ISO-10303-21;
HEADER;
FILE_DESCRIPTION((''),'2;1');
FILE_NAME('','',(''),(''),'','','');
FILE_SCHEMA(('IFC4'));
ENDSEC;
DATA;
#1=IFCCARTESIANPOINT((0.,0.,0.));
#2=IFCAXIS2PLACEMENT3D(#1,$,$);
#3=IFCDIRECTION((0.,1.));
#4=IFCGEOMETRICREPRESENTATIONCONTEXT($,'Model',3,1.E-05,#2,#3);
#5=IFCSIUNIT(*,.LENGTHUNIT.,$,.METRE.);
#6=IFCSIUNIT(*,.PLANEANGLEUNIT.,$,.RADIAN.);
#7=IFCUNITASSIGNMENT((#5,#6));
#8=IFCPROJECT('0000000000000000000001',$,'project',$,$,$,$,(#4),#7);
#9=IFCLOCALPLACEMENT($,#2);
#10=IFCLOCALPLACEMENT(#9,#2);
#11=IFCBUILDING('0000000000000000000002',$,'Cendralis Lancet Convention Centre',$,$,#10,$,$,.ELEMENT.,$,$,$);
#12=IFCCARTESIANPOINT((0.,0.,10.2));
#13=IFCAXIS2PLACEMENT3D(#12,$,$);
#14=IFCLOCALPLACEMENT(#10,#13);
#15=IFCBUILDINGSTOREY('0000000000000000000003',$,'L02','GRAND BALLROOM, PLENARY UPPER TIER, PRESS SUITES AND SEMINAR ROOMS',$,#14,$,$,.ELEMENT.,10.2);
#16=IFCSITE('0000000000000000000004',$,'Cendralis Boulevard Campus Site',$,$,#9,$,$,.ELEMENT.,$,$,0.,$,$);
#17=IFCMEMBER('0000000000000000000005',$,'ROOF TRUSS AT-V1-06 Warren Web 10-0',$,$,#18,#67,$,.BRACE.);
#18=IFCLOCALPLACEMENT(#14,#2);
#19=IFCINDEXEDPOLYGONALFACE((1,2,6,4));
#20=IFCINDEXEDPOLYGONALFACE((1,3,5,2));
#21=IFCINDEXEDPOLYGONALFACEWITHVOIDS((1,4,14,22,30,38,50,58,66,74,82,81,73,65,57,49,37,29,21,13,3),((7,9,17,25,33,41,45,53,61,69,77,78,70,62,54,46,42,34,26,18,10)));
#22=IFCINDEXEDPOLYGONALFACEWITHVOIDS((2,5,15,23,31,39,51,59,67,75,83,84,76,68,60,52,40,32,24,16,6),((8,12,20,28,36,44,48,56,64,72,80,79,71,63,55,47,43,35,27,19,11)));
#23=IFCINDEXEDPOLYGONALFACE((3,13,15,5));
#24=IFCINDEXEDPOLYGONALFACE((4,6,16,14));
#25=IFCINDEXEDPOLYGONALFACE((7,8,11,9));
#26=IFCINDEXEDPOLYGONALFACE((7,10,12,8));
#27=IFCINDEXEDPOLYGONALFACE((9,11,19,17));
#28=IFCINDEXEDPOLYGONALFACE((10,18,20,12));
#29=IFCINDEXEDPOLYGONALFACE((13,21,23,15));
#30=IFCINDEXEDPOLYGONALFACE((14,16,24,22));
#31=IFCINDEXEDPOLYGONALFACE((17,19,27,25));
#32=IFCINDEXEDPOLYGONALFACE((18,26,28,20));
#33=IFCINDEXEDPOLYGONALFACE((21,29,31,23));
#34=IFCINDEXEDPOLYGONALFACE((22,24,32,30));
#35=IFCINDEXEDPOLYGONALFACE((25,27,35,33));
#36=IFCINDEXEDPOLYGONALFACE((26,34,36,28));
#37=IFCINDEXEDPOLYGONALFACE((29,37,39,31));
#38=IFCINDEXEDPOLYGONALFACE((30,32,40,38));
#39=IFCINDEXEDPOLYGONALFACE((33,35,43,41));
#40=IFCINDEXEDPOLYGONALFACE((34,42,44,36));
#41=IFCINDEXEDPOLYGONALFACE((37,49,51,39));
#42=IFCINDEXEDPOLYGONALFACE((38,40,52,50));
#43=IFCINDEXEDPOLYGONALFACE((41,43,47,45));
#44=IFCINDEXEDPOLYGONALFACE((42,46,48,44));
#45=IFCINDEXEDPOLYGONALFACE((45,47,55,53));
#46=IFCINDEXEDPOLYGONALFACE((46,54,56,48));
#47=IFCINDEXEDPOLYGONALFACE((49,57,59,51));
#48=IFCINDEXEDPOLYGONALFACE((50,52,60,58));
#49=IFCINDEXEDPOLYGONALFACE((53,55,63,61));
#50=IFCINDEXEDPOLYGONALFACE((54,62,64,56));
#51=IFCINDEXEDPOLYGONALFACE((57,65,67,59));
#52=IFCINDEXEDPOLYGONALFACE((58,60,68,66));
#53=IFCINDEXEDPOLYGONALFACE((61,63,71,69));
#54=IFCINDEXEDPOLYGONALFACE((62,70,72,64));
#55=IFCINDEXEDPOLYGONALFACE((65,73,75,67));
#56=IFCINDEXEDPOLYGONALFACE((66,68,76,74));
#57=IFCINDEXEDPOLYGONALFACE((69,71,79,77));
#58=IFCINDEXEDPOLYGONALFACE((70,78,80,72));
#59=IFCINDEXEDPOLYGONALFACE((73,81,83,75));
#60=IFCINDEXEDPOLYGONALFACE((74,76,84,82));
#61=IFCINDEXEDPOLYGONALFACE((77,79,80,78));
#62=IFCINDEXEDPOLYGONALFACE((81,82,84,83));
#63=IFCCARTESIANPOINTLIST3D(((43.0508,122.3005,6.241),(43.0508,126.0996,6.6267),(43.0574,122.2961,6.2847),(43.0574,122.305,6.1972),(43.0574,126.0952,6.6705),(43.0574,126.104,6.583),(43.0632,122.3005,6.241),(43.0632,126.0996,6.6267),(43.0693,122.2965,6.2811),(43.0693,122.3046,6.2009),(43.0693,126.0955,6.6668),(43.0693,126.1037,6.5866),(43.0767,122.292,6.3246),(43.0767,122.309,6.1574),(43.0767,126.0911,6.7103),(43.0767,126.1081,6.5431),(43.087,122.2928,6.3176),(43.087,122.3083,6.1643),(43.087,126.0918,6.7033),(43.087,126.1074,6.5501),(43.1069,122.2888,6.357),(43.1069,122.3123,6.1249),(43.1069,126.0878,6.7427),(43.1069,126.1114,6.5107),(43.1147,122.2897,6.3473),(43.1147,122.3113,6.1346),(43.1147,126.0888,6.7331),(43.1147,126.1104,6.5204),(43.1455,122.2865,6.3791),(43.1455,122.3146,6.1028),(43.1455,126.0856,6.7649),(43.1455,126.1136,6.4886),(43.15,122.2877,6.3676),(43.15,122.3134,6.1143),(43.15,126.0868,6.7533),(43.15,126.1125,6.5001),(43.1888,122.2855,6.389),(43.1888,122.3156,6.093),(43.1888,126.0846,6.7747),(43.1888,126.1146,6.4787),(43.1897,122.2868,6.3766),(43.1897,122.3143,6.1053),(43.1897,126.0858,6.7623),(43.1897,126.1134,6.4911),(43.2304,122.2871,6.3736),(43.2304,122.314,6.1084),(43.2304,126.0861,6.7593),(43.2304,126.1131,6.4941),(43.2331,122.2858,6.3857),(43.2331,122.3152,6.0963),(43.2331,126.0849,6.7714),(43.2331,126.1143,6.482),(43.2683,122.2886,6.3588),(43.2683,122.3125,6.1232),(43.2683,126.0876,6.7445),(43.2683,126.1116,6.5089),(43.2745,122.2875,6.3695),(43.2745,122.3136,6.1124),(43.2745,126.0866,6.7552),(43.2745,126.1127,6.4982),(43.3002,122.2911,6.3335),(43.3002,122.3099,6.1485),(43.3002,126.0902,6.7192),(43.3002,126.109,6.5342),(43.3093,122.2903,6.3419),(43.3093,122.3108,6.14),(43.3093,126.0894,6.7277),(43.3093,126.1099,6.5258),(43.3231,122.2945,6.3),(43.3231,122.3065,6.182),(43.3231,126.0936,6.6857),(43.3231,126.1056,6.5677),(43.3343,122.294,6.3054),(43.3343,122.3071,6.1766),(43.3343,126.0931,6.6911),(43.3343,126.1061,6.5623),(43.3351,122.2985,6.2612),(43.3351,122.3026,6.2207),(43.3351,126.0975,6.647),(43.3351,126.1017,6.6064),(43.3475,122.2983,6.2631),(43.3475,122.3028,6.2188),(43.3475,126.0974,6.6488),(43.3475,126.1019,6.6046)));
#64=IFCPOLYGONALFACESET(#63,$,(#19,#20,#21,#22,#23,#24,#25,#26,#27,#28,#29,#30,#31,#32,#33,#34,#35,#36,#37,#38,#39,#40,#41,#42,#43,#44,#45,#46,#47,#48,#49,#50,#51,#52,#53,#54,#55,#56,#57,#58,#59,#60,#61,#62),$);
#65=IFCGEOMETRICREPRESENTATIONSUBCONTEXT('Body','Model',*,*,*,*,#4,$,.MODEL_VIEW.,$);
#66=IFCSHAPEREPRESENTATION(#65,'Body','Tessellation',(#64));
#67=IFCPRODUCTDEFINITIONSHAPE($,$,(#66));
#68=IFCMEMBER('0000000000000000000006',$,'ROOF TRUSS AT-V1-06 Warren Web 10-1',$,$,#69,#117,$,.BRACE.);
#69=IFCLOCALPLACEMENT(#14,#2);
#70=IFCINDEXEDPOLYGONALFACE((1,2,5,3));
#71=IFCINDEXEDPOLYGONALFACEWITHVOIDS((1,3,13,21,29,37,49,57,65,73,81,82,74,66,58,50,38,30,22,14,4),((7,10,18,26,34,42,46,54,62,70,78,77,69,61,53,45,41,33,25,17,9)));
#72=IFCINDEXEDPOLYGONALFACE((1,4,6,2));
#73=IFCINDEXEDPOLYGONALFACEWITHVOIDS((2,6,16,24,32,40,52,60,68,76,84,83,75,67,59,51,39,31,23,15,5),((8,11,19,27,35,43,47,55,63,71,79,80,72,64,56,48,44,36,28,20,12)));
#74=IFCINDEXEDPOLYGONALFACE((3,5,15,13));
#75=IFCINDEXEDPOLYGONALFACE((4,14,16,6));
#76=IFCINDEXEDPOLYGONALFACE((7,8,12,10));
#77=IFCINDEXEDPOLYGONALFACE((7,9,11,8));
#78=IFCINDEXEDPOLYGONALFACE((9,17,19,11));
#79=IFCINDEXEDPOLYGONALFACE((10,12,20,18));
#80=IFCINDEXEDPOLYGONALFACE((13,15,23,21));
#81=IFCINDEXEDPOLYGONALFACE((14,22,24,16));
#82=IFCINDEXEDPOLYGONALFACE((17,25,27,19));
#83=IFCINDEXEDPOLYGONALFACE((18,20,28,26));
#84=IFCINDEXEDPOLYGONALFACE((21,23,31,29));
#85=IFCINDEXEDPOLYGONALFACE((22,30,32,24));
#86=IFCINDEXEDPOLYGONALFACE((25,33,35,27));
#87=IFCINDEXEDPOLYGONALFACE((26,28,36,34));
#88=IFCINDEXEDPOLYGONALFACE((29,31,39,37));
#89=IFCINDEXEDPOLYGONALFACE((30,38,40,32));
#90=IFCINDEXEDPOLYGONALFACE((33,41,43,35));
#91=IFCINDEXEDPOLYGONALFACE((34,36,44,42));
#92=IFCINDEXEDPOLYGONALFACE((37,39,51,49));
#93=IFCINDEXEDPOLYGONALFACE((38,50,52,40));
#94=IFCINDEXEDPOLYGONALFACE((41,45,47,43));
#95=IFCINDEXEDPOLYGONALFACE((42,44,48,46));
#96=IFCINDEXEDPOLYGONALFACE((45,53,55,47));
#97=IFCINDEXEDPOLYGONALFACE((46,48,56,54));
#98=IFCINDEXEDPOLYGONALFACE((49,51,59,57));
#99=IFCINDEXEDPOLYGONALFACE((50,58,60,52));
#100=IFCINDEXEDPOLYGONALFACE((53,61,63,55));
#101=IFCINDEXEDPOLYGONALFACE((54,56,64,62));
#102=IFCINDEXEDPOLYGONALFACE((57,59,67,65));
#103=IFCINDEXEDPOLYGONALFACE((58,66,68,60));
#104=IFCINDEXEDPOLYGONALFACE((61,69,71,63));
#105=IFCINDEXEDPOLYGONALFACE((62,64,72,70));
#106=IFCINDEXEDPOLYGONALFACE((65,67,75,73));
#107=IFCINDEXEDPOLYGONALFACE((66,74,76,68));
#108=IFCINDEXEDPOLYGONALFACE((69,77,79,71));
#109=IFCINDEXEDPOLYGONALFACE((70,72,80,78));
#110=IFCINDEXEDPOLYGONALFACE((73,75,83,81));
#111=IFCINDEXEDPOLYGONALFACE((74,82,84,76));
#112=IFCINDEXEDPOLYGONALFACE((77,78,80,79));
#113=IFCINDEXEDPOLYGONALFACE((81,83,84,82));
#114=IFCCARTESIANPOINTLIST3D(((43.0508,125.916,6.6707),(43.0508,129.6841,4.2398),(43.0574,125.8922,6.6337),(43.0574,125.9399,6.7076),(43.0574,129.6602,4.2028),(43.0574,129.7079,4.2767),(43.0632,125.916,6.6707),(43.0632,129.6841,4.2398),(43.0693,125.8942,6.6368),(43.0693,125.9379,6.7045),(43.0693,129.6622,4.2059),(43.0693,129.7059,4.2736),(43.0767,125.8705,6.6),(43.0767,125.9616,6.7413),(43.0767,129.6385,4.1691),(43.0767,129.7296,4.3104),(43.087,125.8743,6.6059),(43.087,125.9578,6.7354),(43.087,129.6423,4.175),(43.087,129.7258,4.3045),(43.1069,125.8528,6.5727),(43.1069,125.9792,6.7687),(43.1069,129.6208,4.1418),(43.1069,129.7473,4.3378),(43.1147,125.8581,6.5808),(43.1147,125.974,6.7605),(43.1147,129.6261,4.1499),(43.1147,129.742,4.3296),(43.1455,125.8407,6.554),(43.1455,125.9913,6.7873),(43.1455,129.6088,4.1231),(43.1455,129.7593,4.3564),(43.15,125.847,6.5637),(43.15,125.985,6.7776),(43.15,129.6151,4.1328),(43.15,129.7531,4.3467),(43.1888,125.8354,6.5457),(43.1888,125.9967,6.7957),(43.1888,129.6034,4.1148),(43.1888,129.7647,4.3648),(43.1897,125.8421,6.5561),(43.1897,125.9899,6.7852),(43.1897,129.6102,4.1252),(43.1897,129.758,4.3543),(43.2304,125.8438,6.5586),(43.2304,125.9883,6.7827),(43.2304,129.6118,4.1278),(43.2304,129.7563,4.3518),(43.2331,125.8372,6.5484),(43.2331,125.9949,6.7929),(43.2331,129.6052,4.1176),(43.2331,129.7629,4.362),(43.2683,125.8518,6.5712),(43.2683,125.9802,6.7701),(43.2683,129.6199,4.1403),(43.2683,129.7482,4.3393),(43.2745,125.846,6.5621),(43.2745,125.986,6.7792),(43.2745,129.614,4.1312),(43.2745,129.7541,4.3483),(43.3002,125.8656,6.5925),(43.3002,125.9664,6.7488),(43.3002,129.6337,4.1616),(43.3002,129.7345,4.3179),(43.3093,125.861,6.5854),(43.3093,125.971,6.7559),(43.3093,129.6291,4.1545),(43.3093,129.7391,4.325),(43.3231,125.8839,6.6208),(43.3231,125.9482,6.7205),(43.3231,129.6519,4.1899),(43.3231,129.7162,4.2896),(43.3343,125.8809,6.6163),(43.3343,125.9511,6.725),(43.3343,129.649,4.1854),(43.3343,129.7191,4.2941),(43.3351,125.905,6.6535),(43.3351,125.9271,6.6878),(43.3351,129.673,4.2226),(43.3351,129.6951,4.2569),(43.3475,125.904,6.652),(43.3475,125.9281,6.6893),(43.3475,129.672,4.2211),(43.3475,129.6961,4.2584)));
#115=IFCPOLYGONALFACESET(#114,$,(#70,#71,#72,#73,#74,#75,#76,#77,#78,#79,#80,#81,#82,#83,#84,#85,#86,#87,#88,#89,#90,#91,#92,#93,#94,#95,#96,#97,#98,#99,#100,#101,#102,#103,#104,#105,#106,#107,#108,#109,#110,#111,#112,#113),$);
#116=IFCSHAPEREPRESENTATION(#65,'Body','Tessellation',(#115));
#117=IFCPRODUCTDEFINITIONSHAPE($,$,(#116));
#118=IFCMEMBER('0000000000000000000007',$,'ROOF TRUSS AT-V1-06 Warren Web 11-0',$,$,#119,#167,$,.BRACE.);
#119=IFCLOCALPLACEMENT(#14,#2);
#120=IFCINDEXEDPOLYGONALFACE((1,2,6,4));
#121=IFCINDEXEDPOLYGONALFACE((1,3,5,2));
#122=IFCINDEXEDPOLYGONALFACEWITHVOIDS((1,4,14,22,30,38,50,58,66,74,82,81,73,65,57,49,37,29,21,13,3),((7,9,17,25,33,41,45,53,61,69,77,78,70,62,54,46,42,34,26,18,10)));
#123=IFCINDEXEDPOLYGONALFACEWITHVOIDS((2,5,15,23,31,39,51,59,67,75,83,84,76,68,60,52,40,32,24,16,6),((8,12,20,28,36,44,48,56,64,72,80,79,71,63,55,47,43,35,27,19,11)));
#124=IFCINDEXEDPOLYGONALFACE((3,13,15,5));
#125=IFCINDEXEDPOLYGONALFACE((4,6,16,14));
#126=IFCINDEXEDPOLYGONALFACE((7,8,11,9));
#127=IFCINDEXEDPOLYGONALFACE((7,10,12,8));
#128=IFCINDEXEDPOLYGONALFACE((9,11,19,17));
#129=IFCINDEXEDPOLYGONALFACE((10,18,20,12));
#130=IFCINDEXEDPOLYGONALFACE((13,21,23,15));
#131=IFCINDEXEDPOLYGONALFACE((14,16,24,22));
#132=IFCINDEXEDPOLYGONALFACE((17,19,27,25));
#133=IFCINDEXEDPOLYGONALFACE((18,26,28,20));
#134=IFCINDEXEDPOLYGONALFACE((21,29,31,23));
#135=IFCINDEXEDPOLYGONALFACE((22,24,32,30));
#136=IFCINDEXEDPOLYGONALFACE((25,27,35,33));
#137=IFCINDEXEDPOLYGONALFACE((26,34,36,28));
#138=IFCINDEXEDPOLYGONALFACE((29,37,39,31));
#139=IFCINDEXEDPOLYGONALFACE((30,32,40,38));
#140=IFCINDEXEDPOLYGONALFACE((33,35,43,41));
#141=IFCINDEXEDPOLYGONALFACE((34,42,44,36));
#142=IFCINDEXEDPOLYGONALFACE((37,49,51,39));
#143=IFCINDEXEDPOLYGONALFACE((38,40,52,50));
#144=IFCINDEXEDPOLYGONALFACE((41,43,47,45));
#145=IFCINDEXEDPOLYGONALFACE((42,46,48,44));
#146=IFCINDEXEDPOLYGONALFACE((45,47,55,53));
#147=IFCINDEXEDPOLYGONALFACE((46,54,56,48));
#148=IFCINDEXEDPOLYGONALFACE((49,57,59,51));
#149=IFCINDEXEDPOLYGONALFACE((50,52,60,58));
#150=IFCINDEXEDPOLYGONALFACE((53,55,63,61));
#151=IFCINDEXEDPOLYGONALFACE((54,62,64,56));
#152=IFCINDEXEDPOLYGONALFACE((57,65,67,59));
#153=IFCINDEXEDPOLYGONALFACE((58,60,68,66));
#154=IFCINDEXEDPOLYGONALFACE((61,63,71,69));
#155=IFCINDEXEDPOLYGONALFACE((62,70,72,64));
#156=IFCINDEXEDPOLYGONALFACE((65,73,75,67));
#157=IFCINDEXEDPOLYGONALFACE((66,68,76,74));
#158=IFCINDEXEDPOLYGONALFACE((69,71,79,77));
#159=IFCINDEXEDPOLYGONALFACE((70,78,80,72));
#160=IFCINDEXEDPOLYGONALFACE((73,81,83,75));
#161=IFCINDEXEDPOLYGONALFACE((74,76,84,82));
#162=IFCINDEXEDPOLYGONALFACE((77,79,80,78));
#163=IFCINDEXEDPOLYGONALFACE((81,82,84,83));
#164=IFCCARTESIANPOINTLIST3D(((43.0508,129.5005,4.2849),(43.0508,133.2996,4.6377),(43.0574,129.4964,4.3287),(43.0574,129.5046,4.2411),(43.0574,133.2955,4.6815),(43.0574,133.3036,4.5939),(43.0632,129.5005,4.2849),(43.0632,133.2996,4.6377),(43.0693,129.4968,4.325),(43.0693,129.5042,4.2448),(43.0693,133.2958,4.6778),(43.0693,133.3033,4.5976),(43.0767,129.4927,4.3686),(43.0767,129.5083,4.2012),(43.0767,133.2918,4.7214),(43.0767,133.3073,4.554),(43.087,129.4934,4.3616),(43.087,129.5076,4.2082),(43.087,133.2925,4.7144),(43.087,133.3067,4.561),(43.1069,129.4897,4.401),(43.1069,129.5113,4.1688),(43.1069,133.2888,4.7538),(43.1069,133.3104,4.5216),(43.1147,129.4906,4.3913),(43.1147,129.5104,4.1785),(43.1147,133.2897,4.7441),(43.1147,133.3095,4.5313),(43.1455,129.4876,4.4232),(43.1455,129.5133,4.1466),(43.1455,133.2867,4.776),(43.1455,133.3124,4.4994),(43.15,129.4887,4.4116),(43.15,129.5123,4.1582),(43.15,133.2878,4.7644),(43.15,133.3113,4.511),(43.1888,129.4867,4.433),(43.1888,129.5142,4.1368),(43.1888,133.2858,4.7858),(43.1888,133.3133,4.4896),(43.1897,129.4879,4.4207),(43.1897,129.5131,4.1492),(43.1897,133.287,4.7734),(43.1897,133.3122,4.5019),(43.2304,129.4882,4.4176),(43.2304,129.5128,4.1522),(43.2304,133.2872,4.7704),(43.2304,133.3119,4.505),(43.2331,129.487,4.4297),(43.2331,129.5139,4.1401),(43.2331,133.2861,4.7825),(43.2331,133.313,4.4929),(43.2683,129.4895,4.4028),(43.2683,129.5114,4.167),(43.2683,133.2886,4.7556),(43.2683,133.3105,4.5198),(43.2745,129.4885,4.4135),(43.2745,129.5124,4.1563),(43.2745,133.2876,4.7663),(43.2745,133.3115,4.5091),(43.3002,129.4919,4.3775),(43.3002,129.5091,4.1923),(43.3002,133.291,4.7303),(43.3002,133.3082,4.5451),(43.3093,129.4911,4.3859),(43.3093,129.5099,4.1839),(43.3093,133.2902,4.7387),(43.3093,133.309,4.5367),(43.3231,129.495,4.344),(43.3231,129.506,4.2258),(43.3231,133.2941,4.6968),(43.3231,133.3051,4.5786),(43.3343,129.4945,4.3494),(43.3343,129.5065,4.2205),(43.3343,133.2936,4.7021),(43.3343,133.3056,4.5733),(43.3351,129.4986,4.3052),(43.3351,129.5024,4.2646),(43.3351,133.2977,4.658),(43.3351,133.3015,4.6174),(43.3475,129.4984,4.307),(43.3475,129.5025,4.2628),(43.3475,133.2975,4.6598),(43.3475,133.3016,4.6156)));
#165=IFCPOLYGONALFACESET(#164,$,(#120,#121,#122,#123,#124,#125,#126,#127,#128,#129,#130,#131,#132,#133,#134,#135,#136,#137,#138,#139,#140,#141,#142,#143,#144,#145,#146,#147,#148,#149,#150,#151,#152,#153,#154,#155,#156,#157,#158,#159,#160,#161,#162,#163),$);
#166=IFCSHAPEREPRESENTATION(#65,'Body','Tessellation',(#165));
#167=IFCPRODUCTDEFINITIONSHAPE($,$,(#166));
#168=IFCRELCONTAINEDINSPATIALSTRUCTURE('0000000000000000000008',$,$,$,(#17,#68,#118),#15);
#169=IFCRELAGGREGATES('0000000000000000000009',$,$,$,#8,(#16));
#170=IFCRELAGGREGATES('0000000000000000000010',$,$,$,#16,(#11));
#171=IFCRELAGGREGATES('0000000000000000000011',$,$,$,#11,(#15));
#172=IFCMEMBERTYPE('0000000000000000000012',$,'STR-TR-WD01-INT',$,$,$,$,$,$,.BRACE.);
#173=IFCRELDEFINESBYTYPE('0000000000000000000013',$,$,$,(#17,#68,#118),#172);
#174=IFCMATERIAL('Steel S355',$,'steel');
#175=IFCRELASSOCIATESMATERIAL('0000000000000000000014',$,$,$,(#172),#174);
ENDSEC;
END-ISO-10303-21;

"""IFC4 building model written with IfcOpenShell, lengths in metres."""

from ifc_helpers import new_model, si_unit, direction, frame, origin, origin_2d, place, context, subcontext, project, spatial, hollow_circle, extrude, material, material_profile, profile_set, type_object, element, save


model = new_model("IFC4")

# Units and contexts
model_context = context("Model", 3, precision=1e-05, world=origin(), true_north=direction((0.0, 1.0)))
body_context = subcontext(model_context, "Body", "Model", "MODEL_VIEW")
ifc_project = project(units=[si_unit("LENGTHUNIT", "METRE"), si_unit("PLANEANGLEUNIT", "RADIAN")], contexts=[model_context])

# Site, building, storey
site_placement = place(None, origin())
site = spatial("IfcSite", under=ifc_project, at=site_placement, Name="Cendralis Boulevard Campus Site", CompositionType="ELEMENT", RefElevation=0.0)
building_placement = place(site_placement, origin())
building = spatial("IfcBuilding", under=site, at=building_placement, Name="Cendralis Lancet Convention Centre", CompositionType="ELEMENT")
storey_placement = place(building_placement, frame((0.0, 0.0, 10.2)))
storey = spatial("IfcBuildingStorey", under=building, at=storey_placement, Name="L02", Description="GRAND BALLROOM, PLENARY UPPER TIER, PRESS SUITES AND SEMINAR ROOMS", CompositionType="ELEMENT", Elevation=10.2)

# Members
ifc_material_1 = material(Name="Steel S355", Category="steel")
ifc_material_profile_1 = material_profile(ifc_material_1, hollow_circle(Radius=0.1492, WallThickness=0.0125, at=origin_2d()), Name="CHS 298.5x12.5")
ifc_profile_set_1 = profile_set([ifc_material_profile_1], Name="Steel S355")
member_type_1 = type_object("IfcMemberType", Name="STR-TR-WD01-INT", PredefinedType="BRACE", material=ifc_profile_set_1)
member_1_placement = place(storey_placement, frame((43.2, 122.3005, 6.241), z_axis=(0.0, 0.994885, 0.101017), x_axis=(-1.0, 0.0, 0.0)))
element("IfcMember", 1, at=member_1_placement, inside=storey, type_object=member_type_1, Name="ROOF TRUSS AT-V1-06 Warren Web 10-0", PredefinedType="BRACE", context=body_context, shape_type="SweptSolid", body=[
    extrude(hollow_circle(Radius=0.1492, WallThickness=0.0125, at=origin_2d()), origin(), (0.0, 0.0, 1.0), 3.8186),
])
member_2_placement = place(storey_placement, frame((43.2, 125.916, 6.6707), z_axis=(0.0, 0.840307, -0.542111), x_axis=(-1.0, 0.0, 0.0)))
element("IfcMember", 2, at=member_2_placement, inside=storey, type_object=member_type_1, Name="ROOF TRUSS AT-V1-06 Warren Web 10-1", PredefinedType="BRACE", context=body_context, shape_type="SweptSolid", body=[
    extrude(hollow_circle(Radius=0.1492, WallThickness=0.0125, at=origin_2d()), origin(), (0.0, 0.0, 1.0), 4.4841),
])
member_3_placement = place(storey_placement, frame((43.2, 129.5005, 4.2849), z_axis=(0.0, 0.995716, 0.092463), x_axis=(-1.0, 0.0, 0.0)))
element("IfcMember", 3, at=member_3_placement, inside=storey, type_object=member_type_1, Name="ROOF TRUSS AT-V1-06 Warren Web 11-0", PredefinedType="BRACE", context=body_context, shape_type="SweptSolid", body=[
    extrude(hollow_circle(Radius=0.1492, WallThickness=0.0125, at=origin_2d()), origin(), (0.0, 0.0, 1.0), 3.8154),
])

save(model, "model.ifc")
